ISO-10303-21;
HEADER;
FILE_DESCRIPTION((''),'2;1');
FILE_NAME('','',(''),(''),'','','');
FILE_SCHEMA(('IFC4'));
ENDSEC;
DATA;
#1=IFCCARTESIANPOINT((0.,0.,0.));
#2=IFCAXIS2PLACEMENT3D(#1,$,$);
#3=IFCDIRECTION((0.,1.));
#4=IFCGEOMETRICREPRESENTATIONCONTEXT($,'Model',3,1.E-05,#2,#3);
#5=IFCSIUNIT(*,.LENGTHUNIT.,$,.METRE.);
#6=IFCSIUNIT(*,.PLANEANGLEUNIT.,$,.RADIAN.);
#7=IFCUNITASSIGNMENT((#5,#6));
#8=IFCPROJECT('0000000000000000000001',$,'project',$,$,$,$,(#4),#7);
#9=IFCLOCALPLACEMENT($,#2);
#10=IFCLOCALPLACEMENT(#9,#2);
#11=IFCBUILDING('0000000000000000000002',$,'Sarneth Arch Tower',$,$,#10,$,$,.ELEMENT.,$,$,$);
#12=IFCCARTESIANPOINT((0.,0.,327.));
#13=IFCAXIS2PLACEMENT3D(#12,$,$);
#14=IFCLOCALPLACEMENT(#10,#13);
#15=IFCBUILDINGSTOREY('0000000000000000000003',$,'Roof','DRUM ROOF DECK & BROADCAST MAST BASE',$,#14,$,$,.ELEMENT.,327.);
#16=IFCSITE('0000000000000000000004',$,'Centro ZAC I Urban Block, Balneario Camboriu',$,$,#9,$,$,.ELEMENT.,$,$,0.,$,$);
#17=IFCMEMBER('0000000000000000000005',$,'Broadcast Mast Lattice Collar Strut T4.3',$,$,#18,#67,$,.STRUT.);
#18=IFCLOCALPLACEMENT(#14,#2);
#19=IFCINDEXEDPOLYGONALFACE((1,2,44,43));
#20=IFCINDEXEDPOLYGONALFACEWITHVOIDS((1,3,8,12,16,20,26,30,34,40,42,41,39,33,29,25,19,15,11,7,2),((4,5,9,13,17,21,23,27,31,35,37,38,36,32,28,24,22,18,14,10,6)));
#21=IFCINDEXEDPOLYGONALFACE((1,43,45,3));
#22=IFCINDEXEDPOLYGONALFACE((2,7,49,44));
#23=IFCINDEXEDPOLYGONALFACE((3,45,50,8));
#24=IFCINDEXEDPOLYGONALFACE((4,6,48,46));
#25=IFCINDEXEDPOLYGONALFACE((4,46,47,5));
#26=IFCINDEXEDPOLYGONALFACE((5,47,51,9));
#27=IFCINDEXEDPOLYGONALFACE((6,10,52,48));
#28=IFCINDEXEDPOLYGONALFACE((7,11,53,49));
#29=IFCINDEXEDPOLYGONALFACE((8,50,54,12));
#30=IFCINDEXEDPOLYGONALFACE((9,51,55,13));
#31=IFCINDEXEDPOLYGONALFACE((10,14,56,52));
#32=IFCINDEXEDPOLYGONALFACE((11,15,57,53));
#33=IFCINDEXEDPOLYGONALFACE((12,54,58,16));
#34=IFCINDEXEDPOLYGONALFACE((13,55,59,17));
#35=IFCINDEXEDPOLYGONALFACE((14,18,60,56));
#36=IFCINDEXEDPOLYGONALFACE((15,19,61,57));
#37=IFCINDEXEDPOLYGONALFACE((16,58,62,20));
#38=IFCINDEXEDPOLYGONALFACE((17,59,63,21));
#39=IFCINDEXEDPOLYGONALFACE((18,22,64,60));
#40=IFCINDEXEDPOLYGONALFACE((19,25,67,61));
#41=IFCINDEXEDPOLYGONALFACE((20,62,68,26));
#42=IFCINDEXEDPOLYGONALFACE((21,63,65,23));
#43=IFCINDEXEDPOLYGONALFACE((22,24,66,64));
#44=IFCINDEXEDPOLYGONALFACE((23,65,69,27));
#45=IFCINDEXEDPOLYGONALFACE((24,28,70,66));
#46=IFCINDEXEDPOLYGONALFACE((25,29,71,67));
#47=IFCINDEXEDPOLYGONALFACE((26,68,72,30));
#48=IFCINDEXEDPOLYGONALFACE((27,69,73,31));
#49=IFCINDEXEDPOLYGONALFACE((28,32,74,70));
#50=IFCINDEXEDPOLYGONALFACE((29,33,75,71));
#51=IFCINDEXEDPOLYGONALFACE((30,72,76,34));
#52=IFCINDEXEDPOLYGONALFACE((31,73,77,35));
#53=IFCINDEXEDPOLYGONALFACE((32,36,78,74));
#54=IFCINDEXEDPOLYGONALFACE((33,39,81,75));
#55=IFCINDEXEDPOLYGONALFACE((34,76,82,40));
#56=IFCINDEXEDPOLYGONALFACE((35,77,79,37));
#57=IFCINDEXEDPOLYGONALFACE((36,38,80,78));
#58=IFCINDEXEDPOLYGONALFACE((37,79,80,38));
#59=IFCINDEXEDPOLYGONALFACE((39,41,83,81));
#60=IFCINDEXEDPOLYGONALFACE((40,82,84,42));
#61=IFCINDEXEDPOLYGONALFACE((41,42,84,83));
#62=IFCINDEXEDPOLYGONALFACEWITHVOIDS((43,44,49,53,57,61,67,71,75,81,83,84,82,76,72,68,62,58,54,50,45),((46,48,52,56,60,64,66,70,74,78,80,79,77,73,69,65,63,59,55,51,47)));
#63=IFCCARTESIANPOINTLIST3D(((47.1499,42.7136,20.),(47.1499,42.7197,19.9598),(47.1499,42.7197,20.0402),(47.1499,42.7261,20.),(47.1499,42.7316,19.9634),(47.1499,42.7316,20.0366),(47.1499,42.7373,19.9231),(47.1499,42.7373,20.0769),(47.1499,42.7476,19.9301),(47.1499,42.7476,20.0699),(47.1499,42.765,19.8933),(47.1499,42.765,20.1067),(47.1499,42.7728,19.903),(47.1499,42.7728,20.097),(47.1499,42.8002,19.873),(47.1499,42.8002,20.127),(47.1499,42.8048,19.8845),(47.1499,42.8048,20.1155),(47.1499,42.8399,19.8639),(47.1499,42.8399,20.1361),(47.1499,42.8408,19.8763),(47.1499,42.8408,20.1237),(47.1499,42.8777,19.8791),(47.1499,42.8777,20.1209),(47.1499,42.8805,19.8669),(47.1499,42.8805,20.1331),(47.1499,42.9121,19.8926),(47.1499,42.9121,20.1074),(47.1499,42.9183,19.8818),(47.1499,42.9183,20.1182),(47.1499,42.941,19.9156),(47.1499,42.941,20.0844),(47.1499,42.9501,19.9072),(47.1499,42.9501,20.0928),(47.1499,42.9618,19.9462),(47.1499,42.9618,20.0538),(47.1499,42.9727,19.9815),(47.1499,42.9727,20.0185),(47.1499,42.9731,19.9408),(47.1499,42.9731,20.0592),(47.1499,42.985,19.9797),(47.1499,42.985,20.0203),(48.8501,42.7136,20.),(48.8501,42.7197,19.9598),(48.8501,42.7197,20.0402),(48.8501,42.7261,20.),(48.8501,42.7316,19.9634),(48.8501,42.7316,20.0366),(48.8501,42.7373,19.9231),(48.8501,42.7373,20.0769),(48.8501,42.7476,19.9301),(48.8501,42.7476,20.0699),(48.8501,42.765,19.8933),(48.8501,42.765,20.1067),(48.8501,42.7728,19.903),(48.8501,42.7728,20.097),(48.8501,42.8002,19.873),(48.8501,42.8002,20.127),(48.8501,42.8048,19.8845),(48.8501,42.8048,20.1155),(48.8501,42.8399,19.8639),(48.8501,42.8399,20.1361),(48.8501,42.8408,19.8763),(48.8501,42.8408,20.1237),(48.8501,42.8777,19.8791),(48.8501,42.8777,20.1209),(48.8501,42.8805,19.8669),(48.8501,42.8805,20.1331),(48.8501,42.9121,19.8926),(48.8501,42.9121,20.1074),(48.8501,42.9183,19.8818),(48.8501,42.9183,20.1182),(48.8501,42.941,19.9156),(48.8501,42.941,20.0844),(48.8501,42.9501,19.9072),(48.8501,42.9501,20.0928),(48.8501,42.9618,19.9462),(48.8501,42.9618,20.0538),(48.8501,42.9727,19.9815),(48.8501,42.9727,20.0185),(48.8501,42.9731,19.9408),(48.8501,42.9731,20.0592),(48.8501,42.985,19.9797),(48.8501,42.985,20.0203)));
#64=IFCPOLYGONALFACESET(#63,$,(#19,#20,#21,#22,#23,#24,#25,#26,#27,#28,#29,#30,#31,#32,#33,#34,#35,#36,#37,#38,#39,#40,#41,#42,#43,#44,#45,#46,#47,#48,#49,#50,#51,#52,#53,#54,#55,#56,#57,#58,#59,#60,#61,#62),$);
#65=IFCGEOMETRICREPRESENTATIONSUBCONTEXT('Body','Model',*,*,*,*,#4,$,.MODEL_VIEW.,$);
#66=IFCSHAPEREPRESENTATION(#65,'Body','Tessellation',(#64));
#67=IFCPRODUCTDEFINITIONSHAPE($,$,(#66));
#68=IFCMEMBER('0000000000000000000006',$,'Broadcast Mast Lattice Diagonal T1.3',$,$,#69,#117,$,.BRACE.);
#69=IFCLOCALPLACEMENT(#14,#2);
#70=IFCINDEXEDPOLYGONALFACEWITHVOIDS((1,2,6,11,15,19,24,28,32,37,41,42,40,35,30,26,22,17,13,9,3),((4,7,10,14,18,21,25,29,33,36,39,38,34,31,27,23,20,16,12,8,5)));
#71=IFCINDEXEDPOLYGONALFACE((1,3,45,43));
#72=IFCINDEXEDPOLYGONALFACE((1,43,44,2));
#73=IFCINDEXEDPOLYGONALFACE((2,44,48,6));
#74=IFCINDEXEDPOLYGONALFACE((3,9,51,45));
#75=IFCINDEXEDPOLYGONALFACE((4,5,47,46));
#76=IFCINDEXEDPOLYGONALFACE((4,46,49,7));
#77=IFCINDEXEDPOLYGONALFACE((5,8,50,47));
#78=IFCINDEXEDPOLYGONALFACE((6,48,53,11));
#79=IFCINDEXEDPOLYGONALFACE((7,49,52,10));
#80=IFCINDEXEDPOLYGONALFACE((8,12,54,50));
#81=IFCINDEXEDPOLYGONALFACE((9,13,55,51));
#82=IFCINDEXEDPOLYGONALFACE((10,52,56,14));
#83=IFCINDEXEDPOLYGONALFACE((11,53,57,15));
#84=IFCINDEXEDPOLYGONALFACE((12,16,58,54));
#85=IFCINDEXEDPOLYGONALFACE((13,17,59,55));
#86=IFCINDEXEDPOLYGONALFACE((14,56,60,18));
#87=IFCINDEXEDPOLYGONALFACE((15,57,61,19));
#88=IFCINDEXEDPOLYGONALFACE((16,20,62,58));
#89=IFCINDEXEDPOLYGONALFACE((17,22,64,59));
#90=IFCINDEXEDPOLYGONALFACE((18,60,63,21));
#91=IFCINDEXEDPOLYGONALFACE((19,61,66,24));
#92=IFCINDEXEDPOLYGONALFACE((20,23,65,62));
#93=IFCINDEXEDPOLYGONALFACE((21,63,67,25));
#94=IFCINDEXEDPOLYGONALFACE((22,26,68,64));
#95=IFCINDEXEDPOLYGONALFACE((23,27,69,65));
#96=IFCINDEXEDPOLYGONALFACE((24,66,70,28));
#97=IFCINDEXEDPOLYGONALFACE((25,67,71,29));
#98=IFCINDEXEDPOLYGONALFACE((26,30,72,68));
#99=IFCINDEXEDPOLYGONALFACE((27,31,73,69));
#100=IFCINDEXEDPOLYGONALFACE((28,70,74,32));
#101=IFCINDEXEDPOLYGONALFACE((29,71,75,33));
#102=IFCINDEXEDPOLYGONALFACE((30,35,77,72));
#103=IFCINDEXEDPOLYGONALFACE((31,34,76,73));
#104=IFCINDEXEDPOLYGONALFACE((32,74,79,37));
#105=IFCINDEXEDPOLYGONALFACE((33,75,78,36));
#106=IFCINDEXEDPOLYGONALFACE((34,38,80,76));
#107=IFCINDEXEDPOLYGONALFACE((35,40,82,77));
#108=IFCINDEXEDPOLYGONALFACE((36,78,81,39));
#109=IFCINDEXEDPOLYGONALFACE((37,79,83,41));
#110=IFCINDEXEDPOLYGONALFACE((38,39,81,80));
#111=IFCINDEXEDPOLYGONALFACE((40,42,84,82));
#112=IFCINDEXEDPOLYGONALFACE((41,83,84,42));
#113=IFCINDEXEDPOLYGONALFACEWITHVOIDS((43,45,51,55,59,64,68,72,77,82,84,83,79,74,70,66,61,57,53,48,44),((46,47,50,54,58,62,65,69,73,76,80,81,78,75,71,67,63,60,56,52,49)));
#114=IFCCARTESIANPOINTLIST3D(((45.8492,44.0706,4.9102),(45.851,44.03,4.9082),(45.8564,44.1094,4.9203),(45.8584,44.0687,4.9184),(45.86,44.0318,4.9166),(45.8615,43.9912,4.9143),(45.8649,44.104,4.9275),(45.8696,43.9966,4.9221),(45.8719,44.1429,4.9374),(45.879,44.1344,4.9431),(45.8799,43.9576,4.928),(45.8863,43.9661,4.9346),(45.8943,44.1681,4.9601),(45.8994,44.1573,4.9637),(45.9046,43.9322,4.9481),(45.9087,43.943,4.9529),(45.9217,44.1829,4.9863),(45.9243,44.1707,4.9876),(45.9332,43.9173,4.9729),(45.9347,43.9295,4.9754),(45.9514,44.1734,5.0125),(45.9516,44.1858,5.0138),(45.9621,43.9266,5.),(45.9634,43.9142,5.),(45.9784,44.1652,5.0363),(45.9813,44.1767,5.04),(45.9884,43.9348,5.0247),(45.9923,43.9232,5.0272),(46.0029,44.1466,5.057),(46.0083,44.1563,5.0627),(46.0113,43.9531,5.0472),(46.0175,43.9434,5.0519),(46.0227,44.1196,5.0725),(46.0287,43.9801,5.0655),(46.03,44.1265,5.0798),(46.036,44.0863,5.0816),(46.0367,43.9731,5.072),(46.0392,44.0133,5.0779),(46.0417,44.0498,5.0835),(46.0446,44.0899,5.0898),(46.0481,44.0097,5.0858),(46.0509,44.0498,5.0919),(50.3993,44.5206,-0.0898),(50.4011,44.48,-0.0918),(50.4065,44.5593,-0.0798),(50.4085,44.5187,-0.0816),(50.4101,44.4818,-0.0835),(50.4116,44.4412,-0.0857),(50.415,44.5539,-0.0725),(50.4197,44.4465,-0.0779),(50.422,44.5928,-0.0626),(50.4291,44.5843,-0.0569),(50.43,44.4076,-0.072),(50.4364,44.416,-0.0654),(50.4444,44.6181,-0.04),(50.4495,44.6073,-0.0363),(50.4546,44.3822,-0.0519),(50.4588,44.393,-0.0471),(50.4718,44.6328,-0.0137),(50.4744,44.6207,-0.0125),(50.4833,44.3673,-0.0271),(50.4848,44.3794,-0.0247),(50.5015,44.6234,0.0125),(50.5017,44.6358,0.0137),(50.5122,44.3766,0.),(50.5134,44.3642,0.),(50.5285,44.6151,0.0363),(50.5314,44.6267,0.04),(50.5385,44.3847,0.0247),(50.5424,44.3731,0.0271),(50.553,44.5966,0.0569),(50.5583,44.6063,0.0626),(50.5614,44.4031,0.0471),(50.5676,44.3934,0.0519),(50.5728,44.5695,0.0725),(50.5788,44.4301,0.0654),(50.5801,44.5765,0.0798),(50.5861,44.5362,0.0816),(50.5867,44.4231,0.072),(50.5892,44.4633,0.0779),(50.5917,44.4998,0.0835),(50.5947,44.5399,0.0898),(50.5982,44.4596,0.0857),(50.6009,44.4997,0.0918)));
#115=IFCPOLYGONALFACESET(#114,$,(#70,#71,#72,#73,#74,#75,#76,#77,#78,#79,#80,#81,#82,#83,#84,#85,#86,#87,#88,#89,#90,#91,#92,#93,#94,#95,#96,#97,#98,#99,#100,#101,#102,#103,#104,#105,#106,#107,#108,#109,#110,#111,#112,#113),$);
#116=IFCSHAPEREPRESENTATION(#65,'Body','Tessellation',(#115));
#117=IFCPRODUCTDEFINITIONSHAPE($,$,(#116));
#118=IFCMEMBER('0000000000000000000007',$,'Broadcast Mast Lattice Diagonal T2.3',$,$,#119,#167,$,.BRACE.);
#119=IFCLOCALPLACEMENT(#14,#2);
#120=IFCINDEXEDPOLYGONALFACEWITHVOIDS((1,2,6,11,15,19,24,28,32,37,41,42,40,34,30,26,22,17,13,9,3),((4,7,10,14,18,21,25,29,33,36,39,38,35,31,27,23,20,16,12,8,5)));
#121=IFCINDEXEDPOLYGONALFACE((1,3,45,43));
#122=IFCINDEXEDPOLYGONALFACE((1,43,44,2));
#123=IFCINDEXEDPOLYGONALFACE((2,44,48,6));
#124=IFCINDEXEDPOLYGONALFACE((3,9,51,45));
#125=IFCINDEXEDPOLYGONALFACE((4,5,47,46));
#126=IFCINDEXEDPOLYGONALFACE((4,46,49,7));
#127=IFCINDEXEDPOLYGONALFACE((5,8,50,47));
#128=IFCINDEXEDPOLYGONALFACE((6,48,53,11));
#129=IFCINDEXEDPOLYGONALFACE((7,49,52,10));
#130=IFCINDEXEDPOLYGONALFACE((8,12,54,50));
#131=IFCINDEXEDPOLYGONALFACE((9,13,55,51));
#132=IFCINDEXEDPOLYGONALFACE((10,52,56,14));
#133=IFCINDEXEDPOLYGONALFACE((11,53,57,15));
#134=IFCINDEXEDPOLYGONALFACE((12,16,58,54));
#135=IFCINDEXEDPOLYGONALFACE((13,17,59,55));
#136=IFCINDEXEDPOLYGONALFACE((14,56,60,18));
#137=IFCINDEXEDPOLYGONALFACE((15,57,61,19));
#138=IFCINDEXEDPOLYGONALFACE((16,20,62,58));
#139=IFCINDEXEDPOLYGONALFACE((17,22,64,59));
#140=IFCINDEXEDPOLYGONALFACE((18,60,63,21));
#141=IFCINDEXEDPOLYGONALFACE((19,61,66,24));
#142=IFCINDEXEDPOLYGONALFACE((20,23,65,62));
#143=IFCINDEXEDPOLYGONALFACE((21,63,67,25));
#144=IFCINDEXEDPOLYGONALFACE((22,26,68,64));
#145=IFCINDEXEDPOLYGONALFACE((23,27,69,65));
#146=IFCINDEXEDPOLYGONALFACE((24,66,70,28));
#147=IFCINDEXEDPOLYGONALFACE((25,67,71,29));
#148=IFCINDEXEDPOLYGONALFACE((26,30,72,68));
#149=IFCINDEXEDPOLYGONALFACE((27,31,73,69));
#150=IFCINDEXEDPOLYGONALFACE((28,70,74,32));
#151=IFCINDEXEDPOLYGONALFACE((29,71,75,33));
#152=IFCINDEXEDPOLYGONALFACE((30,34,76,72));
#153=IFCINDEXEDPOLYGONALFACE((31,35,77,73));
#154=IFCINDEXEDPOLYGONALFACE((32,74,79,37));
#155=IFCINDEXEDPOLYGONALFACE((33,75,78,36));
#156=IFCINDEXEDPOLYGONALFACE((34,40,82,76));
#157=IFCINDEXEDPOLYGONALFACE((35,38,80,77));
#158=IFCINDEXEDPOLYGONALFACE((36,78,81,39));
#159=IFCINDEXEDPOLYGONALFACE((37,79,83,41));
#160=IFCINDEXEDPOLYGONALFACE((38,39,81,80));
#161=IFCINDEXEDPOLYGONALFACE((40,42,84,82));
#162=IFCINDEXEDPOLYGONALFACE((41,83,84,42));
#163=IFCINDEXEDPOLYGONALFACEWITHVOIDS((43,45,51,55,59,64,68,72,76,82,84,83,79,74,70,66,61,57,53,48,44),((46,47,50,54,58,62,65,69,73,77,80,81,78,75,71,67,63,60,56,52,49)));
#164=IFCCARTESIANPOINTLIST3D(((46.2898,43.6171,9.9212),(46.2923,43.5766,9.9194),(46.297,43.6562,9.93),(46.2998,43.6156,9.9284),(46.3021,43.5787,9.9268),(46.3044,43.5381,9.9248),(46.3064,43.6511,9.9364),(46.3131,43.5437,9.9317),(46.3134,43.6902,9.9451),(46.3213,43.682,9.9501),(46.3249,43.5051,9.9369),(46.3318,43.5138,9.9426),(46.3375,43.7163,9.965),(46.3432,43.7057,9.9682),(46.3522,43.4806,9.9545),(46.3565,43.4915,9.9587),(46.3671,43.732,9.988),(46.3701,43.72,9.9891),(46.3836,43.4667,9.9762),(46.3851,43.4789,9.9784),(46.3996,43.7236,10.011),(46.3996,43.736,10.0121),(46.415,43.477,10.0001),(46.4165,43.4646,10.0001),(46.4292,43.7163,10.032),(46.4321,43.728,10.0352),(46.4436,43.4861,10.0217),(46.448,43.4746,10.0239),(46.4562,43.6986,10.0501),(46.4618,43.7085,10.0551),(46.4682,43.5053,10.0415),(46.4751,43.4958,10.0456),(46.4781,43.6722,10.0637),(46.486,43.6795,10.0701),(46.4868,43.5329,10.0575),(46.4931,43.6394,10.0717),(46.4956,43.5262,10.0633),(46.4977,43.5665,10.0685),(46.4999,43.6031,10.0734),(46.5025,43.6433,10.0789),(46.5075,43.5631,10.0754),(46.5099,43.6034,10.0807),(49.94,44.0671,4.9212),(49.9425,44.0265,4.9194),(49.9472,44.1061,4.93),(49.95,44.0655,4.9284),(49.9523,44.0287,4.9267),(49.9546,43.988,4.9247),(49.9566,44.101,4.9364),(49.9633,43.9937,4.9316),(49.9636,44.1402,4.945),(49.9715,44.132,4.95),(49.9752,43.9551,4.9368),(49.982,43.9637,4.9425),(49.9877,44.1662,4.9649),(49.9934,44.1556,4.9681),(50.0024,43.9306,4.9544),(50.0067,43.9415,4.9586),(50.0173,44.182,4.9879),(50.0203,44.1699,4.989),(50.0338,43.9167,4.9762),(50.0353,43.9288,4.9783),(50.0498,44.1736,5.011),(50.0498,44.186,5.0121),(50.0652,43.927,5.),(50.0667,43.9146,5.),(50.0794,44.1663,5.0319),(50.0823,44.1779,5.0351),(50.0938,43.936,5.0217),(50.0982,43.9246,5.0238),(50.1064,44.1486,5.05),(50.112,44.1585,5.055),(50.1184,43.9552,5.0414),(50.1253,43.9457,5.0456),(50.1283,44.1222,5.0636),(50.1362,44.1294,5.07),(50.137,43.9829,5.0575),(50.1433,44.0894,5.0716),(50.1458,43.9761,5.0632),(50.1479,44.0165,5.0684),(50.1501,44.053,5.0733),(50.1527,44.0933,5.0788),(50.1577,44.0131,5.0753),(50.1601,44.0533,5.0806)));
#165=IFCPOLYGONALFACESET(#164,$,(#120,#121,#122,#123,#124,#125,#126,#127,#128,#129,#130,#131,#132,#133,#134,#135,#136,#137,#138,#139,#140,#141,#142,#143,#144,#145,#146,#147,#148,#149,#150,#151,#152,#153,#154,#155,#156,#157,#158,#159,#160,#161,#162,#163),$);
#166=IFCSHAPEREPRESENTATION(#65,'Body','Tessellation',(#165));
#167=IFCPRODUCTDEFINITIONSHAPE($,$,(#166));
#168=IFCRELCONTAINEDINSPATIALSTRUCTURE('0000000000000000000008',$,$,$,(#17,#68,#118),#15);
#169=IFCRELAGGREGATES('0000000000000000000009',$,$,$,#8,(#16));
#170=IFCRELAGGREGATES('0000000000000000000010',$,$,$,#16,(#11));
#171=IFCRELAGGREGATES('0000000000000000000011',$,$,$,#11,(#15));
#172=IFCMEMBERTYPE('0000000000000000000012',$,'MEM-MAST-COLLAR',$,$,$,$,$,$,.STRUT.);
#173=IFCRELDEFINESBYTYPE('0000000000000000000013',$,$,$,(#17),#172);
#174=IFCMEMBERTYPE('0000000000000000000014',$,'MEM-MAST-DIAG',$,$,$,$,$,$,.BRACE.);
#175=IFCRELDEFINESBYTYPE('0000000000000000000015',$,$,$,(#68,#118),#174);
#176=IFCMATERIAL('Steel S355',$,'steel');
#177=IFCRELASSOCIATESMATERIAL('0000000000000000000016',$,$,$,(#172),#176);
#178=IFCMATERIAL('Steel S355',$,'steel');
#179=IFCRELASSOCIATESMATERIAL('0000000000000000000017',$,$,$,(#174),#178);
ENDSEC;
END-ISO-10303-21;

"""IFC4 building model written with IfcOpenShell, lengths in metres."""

from ifc_helpers import new_model, si_unit, direction, frame, origin, origin_2d, place, context, subcontext, project, spatial, hollow_circle, extrude, material, material_profile, profile_set, type_object, element, save


model = new_model("IFC4")

# Units and contexts
model_context = context("Model", 3, precision=1e-05, world=origin(), true_north=direction((0.0, 1.0)))
body_context = subcontext(model_context, "Body", "Model", "MODEL_VIEW")
ifc_project = project(units=[si_unit("LENGTHUNIT", "METRE"), si_unit("PLANEANGLEUNIT", "RADIAN")], contexts=[model_context])

# Site, building, storey
site_placement = place(None, origin())
site = spatial("IfcSite", under=ifc_project, at=site_placement, Name="Centro ZAC I Urban Block, Balneario Camboriu", CompositionType="ELEMENT", RefElevation=0.0)
building_placement = place(site_placement, origin())
building = spatial("IfcBuilding", under=site, at=building_placement, Name="Sarneth Arch Tower", CompositionType="ELEMENT")
storey_placement = place(building_placement, frame((0.0, 0.0, 327.0)))
storey = spatial("IfcBuildingStorey", under=building, at=storey_placement, Name="Roof", Description="DRUM ROOF DECK & BROADCAST MAST BASE", CompositionType="ELEMENT", Elevation=327.0)

# Members
ifc_material_1 = material(Name="Steel S355", Category="steel")
ifc_material_profile_1 = material_profile(ifc_material_1, hollow_circle(Radius=0.1365, WallThickness=0.0125, at=origin_2d()), Name="CHS273x12.5")
ifc_profile_set_1 = profile_set([ifc_material_profile_1], Name="Steel S355")
member_type_1 = type_object("IfcMemberType", Name="MEM-MAST-COLLAR", PredefinedType="STRUT", material=ifc_profile_set_1)
member_1_placement = place(storey_placement, frame((48.8501, 42.8501, 20.0), z_axis=(-1.0, 0.0, 0.0), x_axis=(0.0, -1.0, 0.0)))
element("IfcMember", 1, at=member_1_placement, inside=storey, type_object=member_type_1, Name="Broadcast Mast Lattice Collar Strut T4.3", PredefinedType="STRUT", context=body_context, shape_type="SweptSolid", body=[
    extrude(hollow_circle(Radius=0.1365, WallThickness=0.0125, at=origin_2d()), origin(), (0.0, 0.0, 1.0), 1.7002),
])
ifc_material_2 = material(Name="Steel S355", Category="steel")
ifc_material_profile_2 = material_profile(ifc_material_2, hollow_circle(Radius=0.1365, WallThickness=0.0125, at=origin_2d()), Name="CHS273x12.5")
ifc_profile_set_2 = profile_set([ifc_material_profile_2], Name="Steel S355")
member_type_2 = type_object("IfcMemberType", Name="MEM-MAST-DIAG", PredefinedType="BRACE", material=ifc_profile_set_2)
member_2_placement = place(storey_placement, frame((50.5, 44.5, 0.0), z_axis=(-0.671559, -0.06641, 0.737969), x_axis=(0.098409, -0.995146, 0.0)))
element("IfcMember", 2, at=member_2_placement, inside=storey, type_object=member_type_2, Name="Broadcast Mast Lattice Diagonal T1.3", PredefinedType="BRACE", context=body_context, shape_type="SweptSolid", body=[
    extrude(hollow_circle(Radius=0.1365, WallThickness=0.0125, at=origin_2d()), origin(), (0.0, 0.0, 1.0), 6.7754),
])
member_3_placement = place(storey_placement, frame((50.05, 44.05, 5.0), z_axis=(-0.588076, -0.072492, 0.805551), x_axis=(0.122343, -0.992488, 0.0)))
element("IfcMember", 3, at=member_3_placement, inside=storey, type_object=member_type_2, Name="Broadcast Mast Lattice Diagonal T2.3", PredefinedType="BRACE", context=body_context, shape_type="SweptSolid", body=[
    extrude(hollow_circle(Radius=0.1365, WallThickness=0.0125, at=origin_2d()), origin(), (0.0, 0.0, 1.0), 6.207),
])

save(model, "model.ifc")
